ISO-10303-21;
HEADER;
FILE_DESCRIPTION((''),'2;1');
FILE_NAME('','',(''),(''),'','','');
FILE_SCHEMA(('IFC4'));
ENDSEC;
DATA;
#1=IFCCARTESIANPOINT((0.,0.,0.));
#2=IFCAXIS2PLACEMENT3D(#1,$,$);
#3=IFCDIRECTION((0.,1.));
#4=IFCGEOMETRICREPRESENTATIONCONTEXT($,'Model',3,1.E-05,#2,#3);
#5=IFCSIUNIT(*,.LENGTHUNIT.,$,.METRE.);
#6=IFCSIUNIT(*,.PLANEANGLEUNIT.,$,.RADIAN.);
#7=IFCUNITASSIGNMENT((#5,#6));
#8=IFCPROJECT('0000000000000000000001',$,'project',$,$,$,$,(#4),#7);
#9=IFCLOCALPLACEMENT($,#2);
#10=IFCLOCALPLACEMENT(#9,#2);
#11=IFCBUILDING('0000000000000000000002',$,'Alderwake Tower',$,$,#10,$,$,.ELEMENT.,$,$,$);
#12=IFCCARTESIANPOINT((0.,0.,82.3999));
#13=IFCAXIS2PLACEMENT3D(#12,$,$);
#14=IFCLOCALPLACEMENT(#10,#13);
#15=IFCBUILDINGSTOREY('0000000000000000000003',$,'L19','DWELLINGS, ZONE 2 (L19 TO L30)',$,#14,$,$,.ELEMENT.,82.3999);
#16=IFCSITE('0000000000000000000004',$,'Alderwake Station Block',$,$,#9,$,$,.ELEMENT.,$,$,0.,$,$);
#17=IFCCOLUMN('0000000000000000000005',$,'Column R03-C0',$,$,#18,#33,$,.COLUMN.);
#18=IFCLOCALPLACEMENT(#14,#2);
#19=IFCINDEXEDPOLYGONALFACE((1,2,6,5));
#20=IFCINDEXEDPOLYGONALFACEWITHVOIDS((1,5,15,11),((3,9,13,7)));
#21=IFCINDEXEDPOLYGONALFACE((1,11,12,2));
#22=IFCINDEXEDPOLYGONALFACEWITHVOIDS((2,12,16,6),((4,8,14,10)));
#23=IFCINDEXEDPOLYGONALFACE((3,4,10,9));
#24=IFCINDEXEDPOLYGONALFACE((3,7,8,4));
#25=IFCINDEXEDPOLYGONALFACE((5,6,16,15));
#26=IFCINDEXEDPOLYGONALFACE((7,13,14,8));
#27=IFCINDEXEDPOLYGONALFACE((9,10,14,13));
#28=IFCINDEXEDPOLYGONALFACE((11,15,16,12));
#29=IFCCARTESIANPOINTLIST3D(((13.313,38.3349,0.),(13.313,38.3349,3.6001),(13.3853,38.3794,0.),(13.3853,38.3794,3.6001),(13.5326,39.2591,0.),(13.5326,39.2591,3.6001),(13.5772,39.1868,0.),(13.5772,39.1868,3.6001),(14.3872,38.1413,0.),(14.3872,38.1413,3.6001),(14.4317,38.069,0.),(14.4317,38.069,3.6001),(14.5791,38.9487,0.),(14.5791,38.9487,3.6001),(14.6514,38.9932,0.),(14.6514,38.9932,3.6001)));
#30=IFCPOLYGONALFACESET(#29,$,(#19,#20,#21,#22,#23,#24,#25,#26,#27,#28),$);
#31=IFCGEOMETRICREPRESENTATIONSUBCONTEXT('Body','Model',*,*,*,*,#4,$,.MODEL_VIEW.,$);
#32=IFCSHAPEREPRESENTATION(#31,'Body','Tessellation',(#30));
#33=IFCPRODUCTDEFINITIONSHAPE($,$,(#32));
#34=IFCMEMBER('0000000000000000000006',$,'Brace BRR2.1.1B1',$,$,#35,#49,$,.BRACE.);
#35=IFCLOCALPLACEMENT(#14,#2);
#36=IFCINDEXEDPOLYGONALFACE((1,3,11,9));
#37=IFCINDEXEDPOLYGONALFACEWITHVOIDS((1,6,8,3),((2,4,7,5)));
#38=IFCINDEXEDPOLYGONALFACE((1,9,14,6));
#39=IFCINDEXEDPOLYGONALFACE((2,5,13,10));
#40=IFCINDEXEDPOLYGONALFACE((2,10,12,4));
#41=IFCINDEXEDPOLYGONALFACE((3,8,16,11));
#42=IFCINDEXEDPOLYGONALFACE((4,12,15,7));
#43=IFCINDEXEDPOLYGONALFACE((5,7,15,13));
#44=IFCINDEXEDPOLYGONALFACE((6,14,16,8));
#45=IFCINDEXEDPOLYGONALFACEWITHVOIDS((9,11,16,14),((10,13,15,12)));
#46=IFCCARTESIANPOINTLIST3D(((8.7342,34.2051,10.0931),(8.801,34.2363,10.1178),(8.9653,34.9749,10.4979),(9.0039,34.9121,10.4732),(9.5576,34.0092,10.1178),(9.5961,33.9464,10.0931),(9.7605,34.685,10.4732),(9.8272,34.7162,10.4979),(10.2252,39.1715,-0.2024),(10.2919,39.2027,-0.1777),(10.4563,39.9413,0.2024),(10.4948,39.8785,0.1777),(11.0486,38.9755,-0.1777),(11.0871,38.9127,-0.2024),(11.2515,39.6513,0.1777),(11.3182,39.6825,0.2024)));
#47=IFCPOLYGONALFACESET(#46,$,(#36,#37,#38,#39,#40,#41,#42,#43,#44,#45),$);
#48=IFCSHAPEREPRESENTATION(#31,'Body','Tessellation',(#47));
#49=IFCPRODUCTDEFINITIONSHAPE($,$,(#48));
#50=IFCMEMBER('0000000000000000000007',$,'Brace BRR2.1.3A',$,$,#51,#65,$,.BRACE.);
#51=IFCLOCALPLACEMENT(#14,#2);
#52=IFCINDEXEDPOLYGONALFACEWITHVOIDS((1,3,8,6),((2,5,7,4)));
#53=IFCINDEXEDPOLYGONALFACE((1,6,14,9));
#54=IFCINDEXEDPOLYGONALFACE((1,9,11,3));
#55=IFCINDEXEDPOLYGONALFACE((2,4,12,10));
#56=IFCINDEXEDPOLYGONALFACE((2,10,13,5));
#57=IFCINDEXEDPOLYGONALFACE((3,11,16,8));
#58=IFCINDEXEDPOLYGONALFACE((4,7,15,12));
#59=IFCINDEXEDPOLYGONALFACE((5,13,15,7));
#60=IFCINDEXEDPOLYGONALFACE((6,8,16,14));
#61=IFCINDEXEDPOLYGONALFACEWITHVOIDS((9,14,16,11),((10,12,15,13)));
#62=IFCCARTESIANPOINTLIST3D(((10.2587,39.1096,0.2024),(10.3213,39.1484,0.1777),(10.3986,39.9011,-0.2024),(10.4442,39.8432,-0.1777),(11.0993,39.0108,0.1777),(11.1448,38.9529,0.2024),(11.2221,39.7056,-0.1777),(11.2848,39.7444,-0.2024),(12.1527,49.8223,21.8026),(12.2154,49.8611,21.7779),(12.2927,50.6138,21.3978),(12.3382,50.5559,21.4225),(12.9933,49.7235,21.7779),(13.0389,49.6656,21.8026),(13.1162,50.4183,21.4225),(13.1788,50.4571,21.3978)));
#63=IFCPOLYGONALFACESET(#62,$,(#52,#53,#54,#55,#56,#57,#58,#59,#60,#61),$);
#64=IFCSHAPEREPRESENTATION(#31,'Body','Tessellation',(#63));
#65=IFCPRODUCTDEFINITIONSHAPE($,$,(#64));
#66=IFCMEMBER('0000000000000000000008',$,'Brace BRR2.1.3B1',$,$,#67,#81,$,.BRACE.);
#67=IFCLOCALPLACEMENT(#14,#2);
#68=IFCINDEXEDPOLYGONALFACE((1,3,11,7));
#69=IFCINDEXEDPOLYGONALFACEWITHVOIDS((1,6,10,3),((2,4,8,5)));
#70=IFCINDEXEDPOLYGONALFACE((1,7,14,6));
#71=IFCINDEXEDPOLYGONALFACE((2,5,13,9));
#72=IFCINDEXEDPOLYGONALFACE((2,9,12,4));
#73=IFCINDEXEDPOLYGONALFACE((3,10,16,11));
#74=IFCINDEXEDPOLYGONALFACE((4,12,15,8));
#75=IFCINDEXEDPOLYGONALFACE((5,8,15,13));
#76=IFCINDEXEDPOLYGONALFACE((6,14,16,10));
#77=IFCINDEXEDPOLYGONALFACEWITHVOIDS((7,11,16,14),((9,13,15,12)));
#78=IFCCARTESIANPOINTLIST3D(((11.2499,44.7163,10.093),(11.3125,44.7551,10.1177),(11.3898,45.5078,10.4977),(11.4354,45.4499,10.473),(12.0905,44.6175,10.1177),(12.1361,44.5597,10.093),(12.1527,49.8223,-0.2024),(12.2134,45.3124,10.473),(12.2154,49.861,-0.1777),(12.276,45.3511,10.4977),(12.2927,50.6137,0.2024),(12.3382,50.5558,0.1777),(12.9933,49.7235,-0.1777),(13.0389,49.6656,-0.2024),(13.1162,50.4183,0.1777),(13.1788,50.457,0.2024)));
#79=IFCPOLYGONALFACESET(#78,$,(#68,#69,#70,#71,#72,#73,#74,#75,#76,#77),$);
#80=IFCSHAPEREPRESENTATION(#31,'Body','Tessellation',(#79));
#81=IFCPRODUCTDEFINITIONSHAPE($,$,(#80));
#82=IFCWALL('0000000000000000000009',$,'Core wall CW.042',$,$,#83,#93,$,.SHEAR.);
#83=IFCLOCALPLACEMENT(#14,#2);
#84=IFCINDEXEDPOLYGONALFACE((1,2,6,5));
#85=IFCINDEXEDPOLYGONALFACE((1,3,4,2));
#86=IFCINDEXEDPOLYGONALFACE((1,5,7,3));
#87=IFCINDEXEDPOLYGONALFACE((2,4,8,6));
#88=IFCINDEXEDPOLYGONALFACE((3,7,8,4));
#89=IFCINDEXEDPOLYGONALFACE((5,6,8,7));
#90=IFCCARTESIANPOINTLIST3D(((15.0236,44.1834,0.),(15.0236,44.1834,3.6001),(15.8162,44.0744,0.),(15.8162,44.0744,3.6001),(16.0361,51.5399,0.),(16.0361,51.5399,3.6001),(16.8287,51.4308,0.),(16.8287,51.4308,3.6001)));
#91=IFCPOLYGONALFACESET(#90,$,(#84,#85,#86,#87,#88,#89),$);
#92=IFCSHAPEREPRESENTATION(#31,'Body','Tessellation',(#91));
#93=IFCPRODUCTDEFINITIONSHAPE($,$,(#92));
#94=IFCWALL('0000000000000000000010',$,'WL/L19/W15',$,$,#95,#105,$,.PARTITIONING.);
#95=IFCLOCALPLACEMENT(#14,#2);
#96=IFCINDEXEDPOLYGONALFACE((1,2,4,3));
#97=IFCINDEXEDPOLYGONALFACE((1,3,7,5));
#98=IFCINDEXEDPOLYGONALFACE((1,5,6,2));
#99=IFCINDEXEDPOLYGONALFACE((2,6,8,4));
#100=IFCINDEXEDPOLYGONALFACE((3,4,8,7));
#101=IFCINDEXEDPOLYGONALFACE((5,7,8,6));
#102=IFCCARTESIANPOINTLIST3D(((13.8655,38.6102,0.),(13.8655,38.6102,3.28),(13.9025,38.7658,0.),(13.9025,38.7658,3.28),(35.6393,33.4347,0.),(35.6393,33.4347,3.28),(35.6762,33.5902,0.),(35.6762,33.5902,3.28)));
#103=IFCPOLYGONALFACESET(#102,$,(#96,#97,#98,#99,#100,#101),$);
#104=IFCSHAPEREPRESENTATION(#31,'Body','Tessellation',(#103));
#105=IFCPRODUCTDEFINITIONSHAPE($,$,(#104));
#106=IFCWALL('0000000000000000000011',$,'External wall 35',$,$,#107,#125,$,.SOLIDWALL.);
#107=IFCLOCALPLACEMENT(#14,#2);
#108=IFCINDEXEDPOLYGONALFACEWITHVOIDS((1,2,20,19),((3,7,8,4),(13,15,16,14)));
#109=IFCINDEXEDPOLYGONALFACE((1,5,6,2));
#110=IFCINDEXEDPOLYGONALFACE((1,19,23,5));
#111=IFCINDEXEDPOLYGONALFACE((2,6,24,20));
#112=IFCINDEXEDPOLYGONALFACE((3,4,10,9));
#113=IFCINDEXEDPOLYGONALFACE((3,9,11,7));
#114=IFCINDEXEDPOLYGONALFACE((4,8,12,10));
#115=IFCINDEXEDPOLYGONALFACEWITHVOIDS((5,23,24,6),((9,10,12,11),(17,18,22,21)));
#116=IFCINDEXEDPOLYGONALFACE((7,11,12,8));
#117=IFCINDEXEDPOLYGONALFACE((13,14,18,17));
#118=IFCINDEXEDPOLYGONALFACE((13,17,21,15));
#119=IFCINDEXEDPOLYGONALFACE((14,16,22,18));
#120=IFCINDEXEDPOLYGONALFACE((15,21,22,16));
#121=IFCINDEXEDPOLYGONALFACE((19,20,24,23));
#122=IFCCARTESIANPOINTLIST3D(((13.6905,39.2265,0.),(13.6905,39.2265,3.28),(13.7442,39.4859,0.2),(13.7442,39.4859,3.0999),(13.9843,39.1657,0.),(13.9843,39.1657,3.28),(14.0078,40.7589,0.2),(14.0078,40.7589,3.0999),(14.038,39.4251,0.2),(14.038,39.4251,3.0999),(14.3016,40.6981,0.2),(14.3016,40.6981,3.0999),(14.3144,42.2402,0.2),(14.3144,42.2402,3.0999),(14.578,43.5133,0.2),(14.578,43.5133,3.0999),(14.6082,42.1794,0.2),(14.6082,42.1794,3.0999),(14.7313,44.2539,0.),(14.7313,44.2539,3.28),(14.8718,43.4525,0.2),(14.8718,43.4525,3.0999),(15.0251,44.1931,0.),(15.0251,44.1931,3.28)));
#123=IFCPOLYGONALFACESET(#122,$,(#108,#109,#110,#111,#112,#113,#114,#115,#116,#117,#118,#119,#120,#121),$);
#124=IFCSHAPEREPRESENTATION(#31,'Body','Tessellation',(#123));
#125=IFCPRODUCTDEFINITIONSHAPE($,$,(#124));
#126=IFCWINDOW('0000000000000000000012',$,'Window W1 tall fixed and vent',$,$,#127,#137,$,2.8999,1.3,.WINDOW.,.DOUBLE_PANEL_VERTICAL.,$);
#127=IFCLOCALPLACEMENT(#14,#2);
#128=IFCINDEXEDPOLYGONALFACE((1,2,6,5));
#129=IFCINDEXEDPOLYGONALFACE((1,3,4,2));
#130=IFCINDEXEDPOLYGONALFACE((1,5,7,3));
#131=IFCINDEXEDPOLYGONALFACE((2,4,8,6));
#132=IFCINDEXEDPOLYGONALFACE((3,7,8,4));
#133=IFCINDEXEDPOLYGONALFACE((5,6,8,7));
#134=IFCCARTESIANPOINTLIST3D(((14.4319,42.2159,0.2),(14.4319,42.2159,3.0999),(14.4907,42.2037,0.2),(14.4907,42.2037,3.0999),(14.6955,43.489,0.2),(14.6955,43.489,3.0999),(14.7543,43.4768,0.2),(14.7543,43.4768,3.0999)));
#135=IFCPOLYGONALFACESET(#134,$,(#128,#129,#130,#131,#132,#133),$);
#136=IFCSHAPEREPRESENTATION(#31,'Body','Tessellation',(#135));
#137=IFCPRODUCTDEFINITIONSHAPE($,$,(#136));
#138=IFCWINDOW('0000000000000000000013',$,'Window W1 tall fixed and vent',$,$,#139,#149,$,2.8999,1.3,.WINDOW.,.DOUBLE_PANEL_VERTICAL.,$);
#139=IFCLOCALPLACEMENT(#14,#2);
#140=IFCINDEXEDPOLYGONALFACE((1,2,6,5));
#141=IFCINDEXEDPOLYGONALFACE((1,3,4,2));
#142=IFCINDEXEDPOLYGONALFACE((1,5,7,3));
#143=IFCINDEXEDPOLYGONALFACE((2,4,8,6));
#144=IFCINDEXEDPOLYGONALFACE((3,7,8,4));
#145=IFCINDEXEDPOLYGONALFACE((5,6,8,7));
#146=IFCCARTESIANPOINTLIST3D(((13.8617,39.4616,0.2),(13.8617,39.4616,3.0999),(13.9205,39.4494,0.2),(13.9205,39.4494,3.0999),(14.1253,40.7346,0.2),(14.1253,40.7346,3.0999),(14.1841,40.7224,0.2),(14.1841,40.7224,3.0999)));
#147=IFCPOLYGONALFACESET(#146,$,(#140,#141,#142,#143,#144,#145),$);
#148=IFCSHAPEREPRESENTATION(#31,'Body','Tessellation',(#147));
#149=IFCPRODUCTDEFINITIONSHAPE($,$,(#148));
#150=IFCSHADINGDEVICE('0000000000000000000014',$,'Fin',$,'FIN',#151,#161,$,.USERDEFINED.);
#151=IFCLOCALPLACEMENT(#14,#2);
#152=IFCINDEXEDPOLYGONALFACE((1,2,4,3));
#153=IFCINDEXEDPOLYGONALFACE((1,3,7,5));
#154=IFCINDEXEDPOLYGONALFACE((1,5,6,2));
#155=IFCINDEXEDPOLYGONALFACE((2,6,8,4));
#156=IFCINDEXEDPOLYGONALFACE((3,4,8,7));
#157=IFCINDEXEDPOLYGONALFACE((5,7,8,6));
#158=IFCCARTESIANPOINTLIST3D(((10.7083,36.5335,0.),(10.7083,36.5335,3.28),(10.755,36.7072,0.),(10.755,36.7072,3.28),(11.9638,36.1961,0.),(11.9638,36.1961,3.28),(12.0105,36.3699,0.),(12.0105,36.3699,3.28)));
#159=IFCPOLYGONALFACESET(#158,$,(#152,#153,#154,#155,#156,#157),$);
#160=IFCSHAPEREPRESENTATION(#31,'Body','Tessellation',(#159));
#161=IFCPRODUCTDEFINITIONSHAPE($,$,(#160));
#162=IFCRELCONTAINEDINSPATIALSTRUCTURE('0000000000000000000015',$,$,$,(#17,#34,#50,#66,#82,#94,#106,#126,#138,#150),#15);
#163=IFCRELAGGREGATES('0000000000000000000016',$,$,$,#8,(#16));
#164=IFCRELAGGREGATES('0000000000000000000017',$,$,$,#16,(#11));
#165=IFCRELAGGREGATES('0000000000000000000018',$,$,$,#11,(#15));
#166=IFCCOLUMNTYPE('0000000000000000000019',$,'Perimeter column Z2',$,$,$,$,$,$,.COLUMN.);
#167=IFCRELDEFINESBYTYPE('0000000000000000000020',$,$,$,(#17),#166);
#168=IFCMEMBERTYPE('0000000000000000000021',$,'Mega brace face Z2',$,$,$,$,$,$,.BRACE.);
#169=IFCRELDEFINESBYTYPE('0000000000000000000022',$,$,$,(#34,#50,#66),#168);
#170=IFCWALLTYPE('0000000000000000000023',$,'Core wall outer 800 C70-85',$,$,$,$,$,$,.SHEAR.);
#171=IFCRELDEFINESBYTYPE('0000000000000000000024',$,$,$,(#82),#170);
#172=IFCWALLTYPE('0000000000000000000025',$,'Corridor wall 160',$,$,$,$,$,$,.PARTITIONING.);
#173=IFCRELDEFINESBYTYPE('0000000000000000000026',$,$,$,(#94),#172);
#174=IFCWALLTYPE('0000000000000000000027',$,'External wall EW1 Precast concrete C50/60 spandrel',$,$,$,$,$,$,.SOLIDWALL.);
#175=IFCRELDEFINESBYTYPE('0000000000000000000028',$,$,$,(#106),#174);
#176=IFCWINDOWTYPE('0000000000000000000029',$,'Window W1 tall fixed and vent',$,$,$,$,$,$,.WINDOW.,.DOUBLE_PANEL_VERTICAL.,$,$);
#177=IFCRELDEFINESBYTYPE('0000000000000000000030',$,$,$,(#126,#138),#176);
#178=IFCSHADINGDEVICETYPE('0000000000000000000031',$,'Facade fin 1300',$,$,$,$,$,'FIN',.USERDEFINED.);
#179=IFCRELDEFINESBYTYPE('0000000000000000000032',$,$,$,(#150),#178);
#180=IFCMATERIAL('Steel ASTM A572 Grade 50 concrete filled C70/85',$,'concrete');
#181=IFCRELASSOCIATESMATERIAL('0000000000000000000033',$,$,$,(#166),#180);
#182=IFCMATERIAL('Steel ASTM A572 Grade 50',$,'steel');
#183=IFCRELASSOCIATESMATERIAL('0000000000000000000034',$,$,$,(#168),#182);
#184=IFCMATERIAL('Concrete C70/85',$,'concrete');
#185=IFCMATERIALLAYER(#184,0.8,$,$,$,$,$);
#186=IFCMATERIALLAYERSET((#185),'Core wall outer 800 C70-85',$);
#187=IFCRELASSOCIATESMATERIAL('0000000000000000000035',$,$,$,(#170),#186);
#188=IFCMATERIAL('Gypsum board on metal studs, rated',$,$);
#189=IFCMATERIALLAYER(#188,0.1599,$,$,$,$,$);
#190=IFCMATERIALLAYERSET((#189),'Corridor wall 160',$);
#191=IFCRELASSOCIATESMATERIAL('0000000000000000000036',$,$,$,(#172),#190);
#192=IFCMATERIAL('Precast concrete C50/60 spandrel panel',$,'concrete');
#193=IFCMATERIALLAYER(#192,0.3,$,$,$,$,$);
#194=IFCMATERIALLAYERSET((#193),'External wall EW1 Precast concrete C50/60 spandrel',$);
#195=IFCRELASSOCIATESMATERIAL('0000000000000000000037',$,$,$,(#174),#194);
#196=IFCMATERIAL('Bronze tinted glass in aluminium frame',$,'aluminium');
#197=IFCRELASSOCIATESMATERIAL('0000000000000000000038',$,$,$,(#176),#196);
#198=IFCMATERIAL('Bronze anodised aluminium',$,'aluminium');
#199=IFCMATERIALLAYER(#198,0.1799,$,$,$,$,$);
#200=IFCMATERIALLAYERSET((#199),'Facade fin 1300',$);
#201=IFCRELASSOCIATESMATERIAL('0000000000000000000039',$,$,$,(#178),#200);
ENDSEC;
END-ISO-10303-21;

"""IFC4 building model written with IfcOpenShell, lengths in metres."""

from ifc_helpers import new_model, si_unit, direction, frame, frame_2d, origin, origin_2d, place, context, subcontext, project, spatial, rectangle, hollow_rectangle, extrude, material, layer, layer_set, material_profile, profile_set, type_object, element, fill, save


model = new_model("IFC4")

# Units and contexts
model_context = context("Model", 3, precision=1e-05, world=origin(), true_north=direction((0.0, 1.0)))
body_context = subcontext(model_context, "Body", "Model", "MODEL_VIEW")
ifc_project = project(units=[si_unit("LENGTHUNIT", "METRE"), si_unit("PLANEANGLEUNIT", "RADIAN")], contexts=[model_context])

# Site, building, storey
site_placement = place(None, origin())
site = spatial("IfcSite", under=ifc_project, at=site_placement, Name="Alderwake Station Block", CompositionType="ELEMENT", RefElevation=0.0)
building_placement = place(site_placement, origin())
building = spatial("IfcBuilding", under=site, at=building_placement, Name="Alderwake Tower", CompositionType="ELEMENT")
storey_placement = place(building_placement, frame((0.0, 0.0, 82.3999)))
storey = spatial("IfcBuildingStorey", under=building, at=storey_placement, Name="L19", Description="DWELLINGS, ZONE 2 (L19 TO L30)", CompositionType="ELEMENT", Elevation=82.3999)

# Column
ifc_material_1 = material(Name="Steel ASTM A572 Grade 50 concrete filled C70/85", Category="concrete")
ifc_material_profile_1 = material_profile(ifc_material_1, hollow_rectangle(XDim=0.95, YDim=1.1499, WallThickness=0.0601, at=origin_2d()), Name="BOX 1150X950X60")
ifc_profile_set_1 = profile_set([ifc_material_profile_1], Name="Steel ASTM A572 Grade 50 concrete filled C70/85")
column_type = type_object("IfcColumnType", Name="Perimeter column Z2", PredefinedType="COLUMN", material=ifc_profile_set_1)
column_placement = place(storey_placement, frame((13.9822, 38.6641, 0.0), z_axis=(0.0, 0.0, 1.0), x_axis=(0.231222, 0.972901, 0.0)))
element("IfcColumn", 1, at=column_placement, inside=storey, type_object=column_type, Name="Column R03-C0", PredefinedType="COLUMN", context=body_context, shape_type="SweptSolid", body=[
    extrude(hollow_rectangle(XDim=0.95, YDim=1.1499, WallThickness=0.0601, at=origin_2d()), origin(), (0.0, 0.0, 1.0), 3.6001),
])

# Members
ifc_material_2 = material(Name="Steel ASTM A572 Grade 50", Category="steel")
ifc_material_profile_2 = material_profile(ifc_material_2, hollow_rectangle(XDim=0.8999, YDim=0.8999, WallThickness=0.0549, at=origin_2d()), Name="BOX 900X900X55")
ifc_profile_set_2 = profile_set([ifc_material_profile_2], Name="Steel ASTM A572 Grade 50")
member_type = type_object("IfcMemberType", Name="Mega brace face Z2", PredefinedType="BRACE", material=ifc_profile_set_2)
member_1_placement = place(storey_placement, frame((10.7717, 39.427, 0.0), z_axis=(-0.12934, -0.430824, 0.893119), x_axis=(0.957769, -0.287538, 0.0)))
element("IfcMember", 2, at=member_1_placement, inside=storey, type_object=member_type, Name="Brace BRR2.1.1B1", PredefinedType="BRACE", context=body_context, shape_type="SweptSolid", body=[
    extrude(hollow_rectangle(XDim=0.8999, YDim=0.8999, WallThickness=0.0549, at=origin_2d()), origin(), (0.0, 0.0, 1.0), 11.5276),
])
member_2_placement = place(storey_placement, frame((10.7717, 39.427, 0.0), z_axis=(0.078315, 0.442947, 0.893121), x_axis=(-0.984727, 0.174104, 0.0)))
element("IfcMember", 3, at=member_2_placement, inside=storey, type_object=member_type, Name="Brace BRR2.1.3A", PredefinedType="BRACE", context=body_context, shape_type="SweptSolid", body=[
    extrude(hollow_rectangle(XDim=0.8999, YDim=0.8999, WallThickness=0.0549, at=origin_2d()), origin(), (0.0, 0.0, 1.0), 24.1851),
])
member_3_placement = place(storey_placement, frame((12.6658, 50.1396, 0.0), z_axis=(-0.07832, -0.44294, 0.893124), x_axis=(0.984725, -0.174118, 0.0)))
element("IfcMember", 4, at=member_3_placement, inside=storey, type_object=member_type, Name="Brace BRR2.1.3B1", PredefinedType="BRACE", context=body_context, shape_type="SweptSolid", body=[
    extrude(hollow_rectangle(XDim=0.8999, YDim=0.8999, WallThickness=0.0549, at=origin_2d()), origin(), (0.0, 0.0, 1.0), 11.5273),
])

# Walls
ifc_material_3 = material(Name="Concrete C70/85", Category="concrete")
ifc_layer_1 = layer(ifc_material_3, 0.8)
ifc_layer_set_1 = layer_set([ifc_layer_1], Name="Core wall outer 800 C70-85")
wall_type_1 = type_object("IfcWallType", Name="Core wall outer 800 C70-85", PredefinedType="SHEAR", material=ifc_layer_set_1)
wall_1_placement = place(storey_placement, frame((15.4199, 44.1289, 0.0), z_axis=(0.0, 0.0, 1.0), x_axis=(0.136343, 0.990662, 0.0)))
element("IfcWall", 5, at=wall_1_placement, inside=storey, type_object=wall_type_1, Name="Core wall CW.042", PredefinedType="SHEAR", context=body_context, shape_type="SweptSolid", body=[
    extrude(rectangle(XDim=7.4258, YDim=0.8, at=frame_2d((3.7129, 0.0))), origin(), (0.0, 0.0, 1.0), 3.6001),
])
ifc_material_4 = material(Name="Gypsum board on metal studs, rated")
ifc_layer_2 = layer(ifc_material_4, 0.1599)
ifc_layer_set_2 = layer_set([ifc_layer_2], Name="Corridor wall 160")
wall_type_2 = type_object("IfcWallType", Name="Corridor wall 160", PredefinedType="PARTITIONING", material=ifc_layer_set_2)
wall_2_placement = place(storey_placement, frame((13.884, 38.688, 0.0), z_axis=(0.0, 0.0, 1.0), x_axis=(0.972893, -0.231254, 0.0)))
element("IfcWall", 6, at=wall_2_placement, inside=storey, type_object=wall_type_2, Name="WL/L19/W15", PredefinedType="PARTITIONING", context=body_context, shape_type="SweptSolid", body=[
    extrude(rectangle(XDim=22.3804, YDim=0.1599, at=frame_2d((11.1902, 0.0))), origin(), (0.0, 0.0, 1.0), 3.28),
])

# Wall, openings, windows
ifc_material_5 = material(Name="Precast concrete C50/60 spandrel panel", Category="concrete")
ifc_layer_3 = layer(ifc_material_5, 0.3)
ifc_layer_set_3 = layer_set([ifc_layer_3], Name="External wall EW1 Precast concrete C50/60 spandrel")
wall_type_3 = type_object("IfcWallType", Name="External wall EW1 Precast concrete C50/60 spandrel", PredefinedType="SOLIDWALL", material=ifc_layer_set_3)
wall_3_placement = place(storey_placement, frame((14.8782, 44.2234, 0.0), z_axis=(0.0, 0.0, 1.0), x_axis=(-0.202724, -0.979236, 0.0)))
wall_3 = element("IfcWall", 7, at=wall_3_placement, inside=storey, type_object=wall_type_3, Name="External wall 35", PredefinedType="SOLIDWALL", context=body_context, shape_type="SweptSolid", body=[
    extrude(rectangle(XDim=5.134, YDim=0.3, at=frame_2d((2.5669, 0.0))), origin(), (0.0, 0.0, 1.0), 3.28),
])
opening_1_placement = place(wall_3_placement, frame((0.7563, 0.0, 0.2)))
opening_1 = element("IfcOpeningElement", 8, at=opening_1_placement, cuts=wall_3, PredefinedType="OPENING", context=body_context, shape_type="SweptSolid", body=[
    extrude(rectangle(XDim=1.3, YDim=2.8999, at=frame_2d((0.6499, 1.45))), frame((0.0, 0.1599, 0.0), z_axis=(0.0, -1.0, 0.0), x_axis=(1.0, 0.0, 0.0)), (0.0, 0.0, 1.0), 0.3201),
])
opening_2_placement = place(wall_3_placement, frame((3.5691, 0.0, 0.2)))
opening_2 = element("IfcOpeningElement", 9, at=opening_2_placement, cuts=wall_3, PredefinedType="OPENING", context=body_context, shape_type="SweptSolid", body=[
    extrude(rectangle(XDim=1.3, YDim=2.8999, at=frame_2d((0.6499, 1.45))), frame((0.0, 0.1599, 0.0), z_axis=(0.0, -1.0, 0.0), x_axis=(1.0, 0.0, 0.0)), (0.0, 0.0, 1.0), 0.3201),
])
ifc_material_6 = material(Name="Bronze tinted glass in aluminium frame", Category="aluminium")
window_type = type_object("IfcWindowType", Name="Window W1 tall fixed and vent", PartitioningType="DOUBLE_PANEL_VERTICAL", PredefinedType="WINDOW", material=ifc_material_6)
window_1_placement = place(opening_1_placement, origin())
window_1 = element("IfcWindow", 10, at=window_1_placement, inside=storey, type_object=window_type, Name="Window W1 tall fixed and vent", OverallHeight=2.8999, OverallWidth=1.3, PartitioningType="DOUBLE_PANEL_VERTICAL", PredefinedType="WINDOW", context=body_context, shape_type="SweptSolid", body=[
    extrude(rectangle(XDim=1.3, YDim=2.8999, at=frame_2d((0.6499, 1.45))), frame((0.0, 0.03, 0.0), z_axis=(0.0, -1.0, 0.0), x_axis=(1.0, 0.0, 0.0)), (0.0, 0.0, 1.0), 0.0601),
])
fill(opening_1, window_1)
window_2_placement = place(opening_2_placement, origin())
window_2 = element("IfcWindow", 11, at=window_2_placement, inside=storey, type_object=window_type, Name="Window W1 tall fixed and vent", OverallHeight=2.8999, OverallWidth=1.3, PartitioningType="DOUBLE_PANEL_VERTICAL", PredefinedType="WINDOW", context=body_context, shape_type="SweptSolid", body=[
    extrude(rectangle(XDim=1.3, YDim=2.8999, at=frame_2d((0.6499, 1.45))), frame((0.0, 0.03, 0.0), z_axis=(0.0, -1.0, 0.0), x_axis=(1.0, 0.0, 0.0)), (0.0, 0.0, 1.0), 0.0601),
])
fill(opening_2, window_2)

# Shading device
ifc_material_7 = material(Name="Bronze anodised aluminium", Category="aluminium")
ifc_layer_4 = layer(ifc_material_7, 0.1799)
ifc_layer_set_4 = layer_set([ifc_layer_4], Name="Facade fin 1300")
shading_device_type = type_object("IfcShadingDeviceType", Name="Facade fin 1300", ElementType="FIN", PredefinedType="USERDEFINED", material=ifc_layer_set_4)
shading_device_placement = place(storey_placement, frame((11.3594, 36.4517, 0.0), z_axis=(0.0, 0.0, 1.0), x_axis=(0.965744, -0.259495, 0.0)))
element("IfcShadingDevice", 12, at=shading_device_placement, inside=storey, type_object=shading_device_type, Name="Fin", ObjectType="FIN", PredefinedType="USERDEFINED", context=body_context, shape_type="SweptSolid", body=[
    extrude(rectangle(XDim=1.3, YDim=0.1799, at=origin_2d()), origin(), (0.0, 0.0, 1.0), 3.28),
])

save(model, "model.ifc")
